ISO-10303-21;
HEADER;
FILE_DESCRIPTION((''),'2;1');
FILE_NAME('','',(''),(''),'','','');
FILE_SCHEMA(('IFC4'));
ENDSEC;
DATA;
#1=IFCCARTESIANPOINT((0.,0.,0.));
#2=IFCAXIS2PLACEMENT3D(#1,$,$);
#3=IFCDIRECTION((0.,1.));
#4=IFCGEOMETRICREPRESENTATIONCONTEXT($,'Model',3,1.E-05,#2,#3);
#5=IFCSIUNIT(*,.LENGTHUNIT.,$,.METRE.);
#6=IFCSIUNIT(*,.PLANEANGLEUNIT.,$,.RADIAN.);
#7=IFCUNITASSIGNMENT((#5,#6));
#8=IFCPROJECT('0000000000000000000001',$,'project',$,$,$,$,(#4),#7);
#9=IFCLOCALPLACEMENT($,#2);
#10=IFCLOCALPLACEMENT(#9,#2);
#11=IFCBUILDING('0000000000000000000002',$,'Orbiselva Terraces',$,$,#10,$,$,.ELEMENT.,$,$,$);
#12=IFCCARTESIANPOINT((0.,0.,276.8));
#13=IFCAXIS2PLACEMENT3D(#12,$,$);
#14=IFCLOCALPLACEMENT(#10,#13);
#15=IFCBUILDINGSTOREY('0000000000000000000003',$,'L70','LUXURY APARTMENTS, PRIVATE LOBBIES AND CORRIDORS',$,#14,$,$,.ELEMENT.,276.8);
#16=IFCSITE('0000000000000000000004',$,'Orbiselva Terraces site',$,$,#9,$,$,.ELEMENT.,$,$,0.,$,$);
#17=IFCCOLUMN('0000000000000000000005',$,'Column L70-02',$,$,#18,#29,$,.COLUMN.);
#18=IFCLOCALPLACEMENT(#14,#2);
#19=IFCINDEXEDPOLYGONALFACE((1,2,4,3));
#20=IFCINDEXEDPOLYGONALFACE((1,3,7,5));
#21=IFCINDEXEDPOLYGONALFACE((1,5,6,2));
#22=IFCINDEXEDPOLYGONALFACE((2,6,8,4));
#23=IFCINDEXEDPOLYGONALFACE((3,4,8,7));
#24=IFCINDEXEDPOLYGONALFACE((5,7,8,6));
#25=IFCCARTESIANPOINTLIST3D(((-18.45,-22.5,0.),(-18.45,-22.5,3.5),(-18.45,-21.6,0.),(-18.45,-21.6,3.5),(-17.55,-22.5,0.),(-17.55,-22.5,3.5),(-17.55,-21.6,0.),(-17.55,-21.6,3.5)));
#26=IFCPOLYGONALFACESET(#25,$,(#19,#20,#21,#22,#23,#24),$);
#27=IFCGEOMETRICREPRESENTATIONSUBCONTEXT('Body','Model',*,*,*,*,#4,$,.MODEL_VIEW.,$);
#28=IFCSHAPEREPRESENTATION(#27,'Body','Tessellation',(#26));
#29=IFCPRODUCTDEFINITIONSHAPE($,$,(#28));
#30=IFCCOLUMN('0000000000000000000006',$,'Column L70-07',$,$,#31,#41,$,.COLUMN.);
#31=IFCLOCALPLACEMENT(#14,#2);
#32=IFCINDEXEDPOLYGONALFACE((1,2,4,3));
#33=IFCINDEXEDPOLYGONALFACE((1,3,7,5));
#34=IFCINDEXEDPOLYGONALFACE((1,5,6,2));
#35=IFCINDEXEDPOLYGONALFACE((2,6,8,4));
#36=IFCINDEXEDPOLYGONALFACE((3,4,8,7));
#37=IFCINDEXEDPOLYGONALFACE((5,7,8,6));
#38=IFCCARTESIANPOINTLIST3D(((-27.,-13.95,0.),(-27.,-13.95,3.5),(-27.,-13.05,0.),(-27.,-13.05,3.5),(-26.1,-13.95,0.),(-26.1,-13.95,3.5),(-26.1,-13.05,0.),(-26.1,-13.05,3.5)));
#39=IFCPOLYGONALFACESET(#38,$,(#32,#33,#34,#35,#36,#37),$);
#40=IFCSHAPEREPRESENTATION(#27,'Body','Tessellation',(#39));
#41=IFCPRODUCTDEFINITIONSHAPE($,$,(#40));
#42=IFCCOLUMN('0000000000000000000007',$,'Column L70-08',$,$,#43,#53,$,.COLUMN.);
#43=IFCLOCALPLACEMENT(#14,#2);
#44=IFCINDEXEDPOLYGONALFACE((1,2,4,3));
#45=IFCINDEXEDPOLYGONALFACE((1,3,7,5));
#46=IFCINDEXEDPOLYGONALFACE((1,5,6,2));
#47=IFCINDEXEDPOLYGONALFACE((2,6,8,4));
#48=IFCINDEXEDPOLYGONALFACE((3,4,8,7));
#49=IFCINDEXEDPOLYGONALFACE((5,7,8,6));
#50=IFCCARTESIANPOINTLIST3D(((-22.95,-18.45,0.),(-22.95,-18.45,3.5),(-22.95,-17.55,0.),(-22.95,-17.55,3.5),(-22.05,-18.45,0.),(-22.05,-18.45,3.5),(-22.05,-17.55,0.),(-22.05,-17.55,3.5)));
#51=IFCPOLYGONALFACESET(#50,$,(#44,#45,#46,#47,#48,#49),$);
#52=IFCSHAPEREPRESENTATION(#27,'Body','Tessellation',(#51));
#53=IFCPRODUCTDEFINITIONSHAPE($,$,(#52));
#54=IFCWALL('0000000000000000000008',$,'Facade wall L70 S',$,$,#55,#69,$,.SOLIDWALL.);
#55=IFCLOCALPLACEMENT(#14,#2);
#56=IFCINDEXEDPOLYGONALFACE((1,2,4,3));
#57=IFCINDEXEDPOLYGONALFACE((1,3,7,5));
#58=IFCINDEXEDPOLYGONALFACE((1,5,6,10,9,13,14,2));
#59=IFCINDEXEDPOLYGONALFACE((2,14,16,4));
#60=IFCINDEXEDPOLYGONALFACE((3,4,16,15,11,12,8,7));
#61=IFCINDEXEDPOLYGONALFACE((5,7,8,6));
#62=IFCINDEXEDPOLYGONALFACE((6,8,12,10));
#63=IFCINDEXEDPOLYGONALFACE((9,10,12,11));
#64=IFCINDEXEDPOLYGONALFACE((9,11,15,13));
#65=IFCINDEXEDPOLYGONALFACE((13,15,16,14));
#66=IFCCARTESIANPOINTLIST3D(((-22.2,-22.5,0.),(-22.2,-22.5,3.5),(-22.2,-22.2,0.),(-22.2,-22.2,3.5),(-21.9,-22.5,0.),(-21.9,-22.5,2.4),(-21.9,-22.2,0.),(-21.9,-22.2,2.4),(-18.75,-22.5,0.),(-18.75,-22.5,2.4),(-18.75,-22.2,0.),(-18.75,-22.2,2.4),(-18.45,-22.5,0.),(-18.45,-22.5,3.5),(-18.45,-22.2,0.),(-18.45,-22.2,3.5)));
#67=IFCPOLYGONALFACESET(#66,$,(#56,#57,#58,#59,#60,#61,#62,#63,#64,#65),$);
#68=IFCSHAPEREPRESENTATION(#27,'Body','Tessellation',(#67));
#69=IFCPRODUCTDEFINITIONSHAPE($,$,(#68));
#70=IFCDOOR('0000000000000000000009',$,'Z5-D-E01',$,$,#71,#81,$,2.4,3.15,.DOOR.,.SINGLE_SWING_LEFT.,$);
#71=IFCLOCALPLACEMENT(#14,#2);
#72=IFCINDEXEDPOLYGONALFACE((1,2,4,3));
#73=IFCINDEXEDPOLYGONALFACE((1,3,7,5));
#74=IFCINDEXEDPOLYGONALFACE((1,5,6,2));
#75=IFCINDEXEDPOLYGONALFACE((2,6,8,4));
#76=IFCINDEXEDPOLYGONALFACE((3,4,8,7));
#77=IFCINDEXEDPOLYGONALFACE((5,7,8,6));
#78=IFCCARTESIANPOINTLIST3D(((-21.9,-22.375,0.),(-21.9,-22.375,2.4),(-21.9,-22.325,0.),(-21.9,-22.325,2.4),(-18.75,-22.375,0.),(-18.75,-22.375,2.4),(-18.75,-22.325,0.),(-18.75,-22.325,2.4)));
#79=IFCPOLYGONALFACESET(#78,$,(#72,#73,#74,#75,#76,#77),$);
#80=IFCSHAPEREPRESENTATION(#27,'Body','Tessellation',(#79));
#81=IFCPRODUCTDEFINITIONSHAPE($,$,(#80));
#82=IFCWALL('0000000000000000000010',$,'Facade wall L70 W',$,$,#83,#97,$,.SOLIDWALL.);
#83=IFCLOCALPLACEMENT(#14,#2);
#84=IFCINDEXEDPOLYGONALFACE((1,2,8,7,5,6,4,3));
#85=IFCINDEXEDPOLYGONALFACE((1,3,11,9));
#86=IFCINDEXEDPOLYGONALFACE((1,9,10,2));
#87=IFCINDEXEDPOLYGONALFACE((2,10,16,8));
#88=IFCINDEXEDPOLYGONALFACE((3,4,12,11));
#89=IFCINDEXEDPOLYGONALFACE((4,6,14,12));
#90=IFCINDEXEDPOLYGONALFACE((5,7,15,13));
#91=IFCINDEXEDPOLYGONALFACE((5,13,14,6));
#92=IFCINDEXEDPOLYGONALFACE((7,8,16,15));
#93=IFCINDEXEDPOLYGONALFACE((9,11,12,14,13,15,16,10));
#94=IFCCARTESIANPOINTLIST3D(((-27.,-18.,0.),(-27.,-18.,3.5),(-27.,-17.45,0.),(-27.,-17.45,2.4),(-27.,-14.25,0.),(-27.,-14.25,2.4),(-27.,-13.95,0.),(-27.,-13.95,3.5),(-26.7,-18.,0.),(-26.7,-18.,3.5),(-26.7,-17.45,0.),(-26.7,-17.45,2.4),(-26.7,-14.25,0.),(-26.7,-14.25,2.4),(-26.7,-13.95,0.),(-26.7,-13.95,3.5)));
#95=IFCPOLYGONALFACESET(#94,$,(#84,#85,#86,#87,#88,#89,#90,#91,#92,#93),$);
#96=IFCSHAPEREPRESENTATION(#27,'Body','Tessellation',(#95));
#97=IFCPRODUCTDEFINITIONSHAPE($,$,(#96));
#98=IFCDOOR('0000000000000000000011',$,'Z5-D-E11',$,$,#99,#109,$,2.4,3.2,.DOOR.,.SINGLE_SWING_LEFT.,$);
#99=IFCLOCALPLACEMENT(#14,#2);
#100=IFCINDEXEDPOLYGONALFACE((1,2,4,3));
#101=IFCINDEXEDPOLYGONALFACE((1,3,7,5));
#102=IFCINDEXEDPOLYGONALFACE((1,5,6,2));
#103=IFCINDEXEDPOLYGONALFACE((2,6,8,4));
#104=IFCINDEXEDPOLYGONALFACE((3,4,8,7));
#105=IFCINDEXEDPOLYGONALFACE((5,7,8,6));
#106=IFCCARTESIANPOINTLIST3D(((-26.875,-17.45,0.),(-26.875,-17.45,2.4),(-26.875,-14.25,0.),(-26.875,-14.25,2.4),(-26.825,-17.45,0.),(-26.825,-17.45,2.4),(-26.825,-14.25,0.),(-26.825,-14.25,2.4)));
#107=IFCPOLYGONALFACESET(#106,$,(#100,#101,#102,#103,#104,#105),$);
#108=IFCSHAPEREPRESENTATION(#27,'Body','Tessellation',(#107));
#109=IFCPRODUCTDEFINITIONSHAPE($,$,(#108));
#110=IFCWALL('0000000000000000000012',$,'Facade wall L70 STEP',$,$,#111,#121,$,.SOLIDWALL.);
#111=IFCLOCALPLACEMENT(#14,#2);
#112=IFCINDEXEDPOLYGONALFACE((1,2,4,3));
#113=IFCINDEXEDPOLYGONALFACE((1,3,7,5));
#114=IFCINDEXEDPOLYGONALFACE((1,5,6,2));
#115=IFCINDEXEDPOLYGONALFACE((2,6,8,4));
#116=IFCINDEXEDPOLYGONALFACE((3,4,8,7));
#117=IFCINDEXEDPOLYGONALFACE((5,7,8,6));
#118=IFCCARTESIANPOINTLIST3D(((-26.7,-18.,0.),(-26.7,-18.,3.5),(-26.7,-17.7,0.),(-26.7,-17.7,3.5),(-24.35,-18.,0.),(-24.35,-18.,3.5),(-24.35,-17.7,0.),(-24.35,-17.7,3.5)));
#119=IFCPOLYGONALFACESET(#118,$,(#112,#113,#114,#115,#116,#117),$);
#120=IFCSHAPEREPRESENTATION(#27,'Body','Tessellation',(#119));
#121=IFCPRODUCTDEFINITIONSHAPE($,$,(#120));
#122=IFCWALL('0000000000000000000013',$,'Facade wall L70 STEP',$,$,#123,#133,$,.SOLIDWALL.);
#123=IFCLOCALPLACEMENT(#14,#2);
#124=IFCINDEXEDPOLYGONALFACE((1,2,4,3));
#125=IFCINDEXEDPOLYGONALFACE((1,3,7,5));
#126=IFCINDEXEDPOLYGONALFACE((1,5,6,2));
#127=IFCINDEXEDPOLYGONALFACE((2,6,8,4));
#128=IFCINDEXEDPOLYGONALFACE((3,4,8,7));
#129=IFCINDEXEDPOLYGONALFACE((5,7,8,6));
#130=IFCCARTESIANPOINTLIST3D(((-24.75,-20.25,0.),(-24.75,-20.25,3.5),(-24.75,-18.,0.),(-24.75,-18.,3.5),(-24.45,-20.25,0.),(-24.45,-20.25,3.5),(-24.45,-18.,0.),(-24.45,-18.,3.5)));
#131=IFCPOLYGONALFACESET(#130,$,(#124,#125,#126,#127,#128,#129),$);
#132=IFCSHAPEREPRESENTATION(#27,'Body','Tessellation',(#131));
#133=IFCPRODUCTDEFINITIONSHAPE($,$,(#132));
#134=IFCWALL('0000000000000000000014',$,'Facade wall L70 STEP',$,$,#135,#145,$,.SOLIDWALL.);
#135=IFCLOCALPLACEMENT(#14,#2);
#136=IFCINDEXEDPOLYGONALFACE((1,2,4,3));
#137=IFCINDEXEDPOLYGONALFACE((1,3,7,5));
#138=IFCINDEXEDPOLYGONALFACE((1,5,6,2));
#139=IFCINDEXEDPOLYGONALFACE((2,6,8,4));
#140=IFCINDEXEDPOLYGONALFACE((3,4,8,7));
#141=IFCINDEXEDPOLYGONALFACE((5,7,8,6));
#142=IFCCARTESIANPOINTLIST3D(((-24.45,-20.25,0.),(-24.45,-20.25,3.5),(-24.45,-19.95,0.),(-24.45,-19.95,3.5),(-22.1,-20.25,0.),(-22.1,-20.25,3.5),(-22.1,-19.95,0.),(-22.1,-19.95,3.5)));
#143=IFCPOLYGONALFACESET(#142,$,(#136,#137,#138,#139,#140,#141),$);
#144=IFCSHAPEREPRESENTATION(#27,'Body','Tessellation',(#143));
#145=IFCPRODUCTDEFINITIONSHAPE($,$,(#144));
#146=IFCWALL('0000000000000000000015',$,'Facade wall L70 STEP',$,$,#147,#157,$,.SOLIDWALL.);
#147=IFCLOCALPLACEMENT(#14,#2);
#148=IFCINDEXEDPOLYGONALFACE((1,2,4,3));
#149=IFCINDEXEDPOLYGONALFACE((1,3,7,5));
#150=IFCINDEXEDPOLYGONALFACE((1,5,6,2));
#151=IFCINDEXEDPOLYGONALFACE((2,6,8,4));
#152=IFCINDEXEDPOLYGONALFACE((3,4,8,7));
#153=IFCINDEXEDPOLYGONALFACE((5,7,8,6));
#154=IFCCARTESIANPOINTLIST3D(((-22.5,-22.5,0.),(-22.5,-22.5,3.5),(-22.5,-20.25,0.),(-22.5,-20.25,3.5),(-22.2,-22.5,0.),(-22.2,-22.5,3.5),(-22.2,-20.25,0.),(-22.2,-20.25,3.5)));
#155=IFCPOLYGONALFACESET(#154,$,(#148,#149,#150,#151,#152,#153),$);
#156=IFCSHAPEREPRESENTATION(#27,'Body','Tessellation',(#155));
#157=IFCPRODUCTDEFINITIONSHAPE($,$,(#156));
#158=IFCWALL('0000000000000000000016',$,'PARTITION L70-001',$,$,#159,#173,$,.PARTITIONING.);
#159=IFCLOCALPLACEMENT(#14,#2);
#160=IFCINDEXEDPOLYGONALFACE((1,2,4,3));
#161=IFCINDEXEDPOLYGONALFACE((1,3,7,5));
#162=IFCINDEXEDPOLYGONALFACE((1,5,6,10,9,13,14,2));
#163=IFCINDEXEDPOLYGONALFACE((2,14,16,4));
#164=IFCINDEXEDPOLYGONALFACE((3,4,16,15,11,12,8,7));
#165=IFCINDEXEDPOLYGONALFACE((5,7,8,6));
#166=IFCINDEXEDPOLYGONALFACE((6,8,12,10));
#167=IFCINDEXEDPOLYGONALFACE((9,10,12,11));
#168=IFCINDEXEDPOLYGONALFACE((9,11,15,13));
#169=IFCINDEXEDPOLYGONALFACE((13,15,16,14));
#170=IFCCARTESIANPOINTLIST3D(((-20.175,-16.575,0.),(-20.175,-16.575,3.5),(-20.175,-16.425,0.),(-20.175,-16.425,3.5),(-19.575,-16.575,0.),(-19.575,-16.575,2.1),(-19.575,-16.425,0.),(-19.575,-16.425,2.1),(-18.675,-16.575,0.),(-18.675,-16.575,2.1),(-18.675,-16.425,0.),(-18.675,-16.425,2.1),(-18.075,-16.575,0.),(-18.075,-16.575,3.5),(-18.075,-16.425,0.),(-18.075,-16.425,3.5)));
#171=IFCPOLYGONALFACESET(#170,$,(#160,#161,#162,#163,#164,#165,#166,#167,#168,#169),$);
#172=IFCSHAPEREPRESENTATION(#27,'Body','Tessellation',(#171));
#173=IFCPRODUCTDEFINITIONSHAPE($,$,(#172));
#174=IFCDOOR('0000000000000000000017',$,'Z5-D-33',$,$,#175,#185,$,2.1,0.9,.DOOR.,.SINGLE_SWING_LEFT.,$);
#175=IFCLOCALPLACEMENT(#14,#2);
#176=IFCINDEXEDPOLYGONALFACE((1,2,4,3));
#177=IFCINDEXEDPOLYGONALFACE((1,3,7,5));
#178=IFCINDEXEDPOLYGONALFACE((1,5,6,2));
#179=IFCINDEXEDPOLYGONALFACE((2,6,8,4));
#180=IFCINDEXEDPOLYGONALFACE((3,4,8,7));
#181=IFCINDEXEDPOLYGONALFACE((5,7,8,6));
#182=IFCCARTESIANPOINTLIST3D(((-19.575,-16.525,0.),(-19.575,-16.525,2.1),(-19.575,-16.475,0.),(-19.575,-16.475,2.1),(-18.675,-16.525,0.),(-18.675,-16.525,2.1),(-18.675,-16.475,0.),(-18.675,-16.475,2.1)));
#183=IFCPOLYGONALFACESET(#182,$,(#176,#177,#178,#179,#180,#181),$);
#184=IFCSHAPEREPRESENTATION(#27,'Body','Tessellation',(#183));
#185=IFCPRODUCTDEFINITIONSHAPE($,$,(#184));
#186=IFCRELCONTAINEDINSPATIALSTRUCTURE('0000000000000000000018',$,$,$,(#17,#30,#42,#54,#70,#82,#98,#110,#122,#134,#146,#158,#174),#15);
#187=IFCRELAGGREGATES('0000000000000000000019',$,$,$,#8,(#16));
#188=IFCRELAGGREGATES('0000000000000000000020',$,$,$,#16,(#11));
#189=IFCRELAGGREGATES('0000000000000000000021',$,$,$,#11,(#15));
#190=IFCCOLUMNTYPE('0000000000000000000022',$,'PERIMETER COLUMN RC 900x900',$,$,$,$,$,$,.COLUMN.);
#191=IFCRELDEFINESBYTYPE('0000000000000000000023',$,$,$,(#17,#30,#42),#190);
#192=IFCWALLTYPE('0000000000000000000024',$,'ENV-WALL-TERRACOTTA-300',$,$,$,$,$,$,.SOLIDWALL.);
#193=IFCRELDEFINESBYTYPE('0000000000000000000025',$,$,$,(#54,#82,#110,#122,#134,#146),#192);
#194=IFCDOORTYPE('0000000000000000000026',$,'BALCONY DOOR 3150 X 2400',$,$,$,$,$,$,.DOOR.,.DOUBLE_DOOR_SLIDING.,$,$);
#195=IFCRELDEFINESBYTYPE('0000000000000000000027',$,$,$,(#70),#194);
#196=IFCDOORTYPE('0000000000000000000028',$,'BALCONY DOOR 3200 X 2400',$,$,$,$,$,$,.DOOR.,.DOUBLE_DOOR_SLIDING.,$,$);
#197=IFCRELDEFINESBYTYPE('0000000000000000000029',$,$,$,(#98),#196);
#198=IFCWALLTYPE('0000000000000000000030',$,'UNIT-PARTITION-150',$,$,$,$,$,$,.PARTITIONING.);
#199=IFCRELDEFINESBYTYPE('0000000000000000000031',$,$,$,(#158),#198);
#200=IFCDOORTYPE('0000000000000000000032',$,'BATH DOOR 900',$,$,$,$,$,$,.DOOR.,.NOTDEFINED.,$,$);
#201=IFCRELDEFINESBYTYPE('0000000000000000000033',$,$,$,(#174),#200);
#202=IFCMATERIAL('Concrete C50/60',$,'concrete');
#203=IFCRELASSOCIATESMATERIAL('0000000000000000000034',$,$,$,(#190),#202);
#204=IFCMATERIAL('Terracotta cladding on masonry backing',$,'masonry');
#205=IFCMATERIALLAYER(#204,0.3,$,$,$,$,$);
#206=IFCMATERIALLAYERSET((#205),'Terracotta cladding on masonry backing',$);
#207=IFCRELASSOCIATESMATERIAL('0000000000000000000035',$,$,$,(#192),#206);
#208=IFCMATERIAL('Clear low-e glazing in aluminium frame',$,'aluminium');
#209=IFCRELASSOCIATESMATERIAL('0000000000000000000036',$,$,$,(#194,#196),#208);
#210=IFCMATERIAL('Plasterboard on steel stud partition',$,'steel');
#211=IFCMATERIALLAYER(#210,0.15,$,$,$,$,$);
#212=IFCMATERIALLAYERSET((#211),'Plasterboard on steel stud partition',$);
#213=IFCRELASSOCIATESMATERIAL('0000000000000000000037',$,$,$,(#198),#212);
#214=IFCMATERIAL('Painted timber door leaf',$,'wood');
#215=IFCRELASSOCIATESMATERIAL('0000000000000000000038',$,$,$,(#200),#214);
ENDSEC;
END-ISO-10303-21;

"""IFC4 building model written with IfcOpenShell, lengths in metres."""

from ifc_helpers import new_model, si_unit, direction, frame, frame_2d, origin, origin_2d, place, context, subcontext, project, spatial, rectangle, extrude, material, layer, layer_set, material_profile, profile_set, type_object, element, fill, save


model = new_model("IFC4")

# Units and contexts
model_context = context("Model", 3, precision=1e-05, world=origin(), true_north=direction((0.0, 1.0)))
body_context = subcontext(model_context, "Body", "Model", "MODEL_VIEW")
ifc_project = project(units=[si_unit("LENGTHUNIT", "METRE"), si_unit("PLANEANGLEUNIT", "RADIAN")], contexts=[model_context])

# Site, building, storey
site_placement = place(None, origin())
site = spatial("IfcSite", under=ifc_project, at=site_placement, Name="Orbiselva Terraces site", CompositionType="ELEMENT", RefElevation=0.0)
building_placement = place(site_placement, origin())
building = spatial("IfcBuilding", under=site, at=building_placement, Name="Orbiselva Terraces", CompositionType="ELEMENT")
storey_placement = place(building_placement, frame((0.0, 0.0, 276.8)))
storey = spatial("IfcBuildingStorey", under=building, at=storey_placement, Name="L70", Description="LUXURY APARTMENTS, PRIVATE LOBBIES AND CORRIDORS", CompositionType="ELEMENT", Elevation=276.8)

# Columns
ifc_material_1 = material(Name="Concrete C50/60", Category="concrete")
ifc_material_profile = material_profile(ifc_material_1, rectangle(XDim=0.9, YDim=0.9, at=origin_2d()), Name="RC 900x900")
ifc_profile_set = profile_set([ifc_material_profile], Name="Concrete C50/60")
column_type = type_object("IfcColumnType", Name="PERIMETER COLUMN RC 900x900", PredefinedType="COLUMN", material=ifc_profile_set)
for number, where, z_axis, x_axis, name in (
    (1, (-18.0, -22.05, 0.0), (0.0, 0.0, 1.0), (1.0, 0.0, 0.0), "Column L70-02"),
    (2, (-26.55, -13.5, 0.0), (0.0, 0.0, 1.0), (1.0, 0.0, 0.0), "Column L70-07"),
    (3, (-22.5, -18.0, 0.0), (0.0, 0.0, 1.0), (1.0, 0.0, 0.0), "Column L70-08"),
):
    element("IfcColumn", number, at=place(storey_placement, frame(where, z_axis=z_axis, x_axis=x_axis)), inside=storey, type_object=column_type, Name=name, PredefinedType="COLUMN", context=body_context, shape_type="SweptSolid", body=[
        extrude(rectangle(XDim=0.9, YDim=0.9, at=origin_2d()), origin(), (0.0, 0.0, 1.0), 3.5),
    ])

# Walls, openings, doors
ifc_material_2 = material(Name="Terracotta cladding on masonry backing", Category="masonry")
ifc_layer_1 = layer(ifc_material_2, 0.3)
ifc_layer_set_1 = layer_set([ifc_layer_1], Name="Terracotta cladding on masonry backing")
wall_type_1 = type_object("IfcWallType", Name="ENV-WALL-TERRACOTTA-300", PredefinedType="SOLIDWALL", material=ifc_layer_set_1)
wall_1_placement = place(storey_placement, frame((-18.45, -22.35, 0.0), z_axis=(0.0, 0.0, 1.0), x_axis=(-1.0, 0.0, 0.0)))
wall_1 = element("IfcWall", 4, at=wall_1_placement, inside=storey, type_object=wall_type_1, Name="Facade wall L70 S", PredefinedType="SOLIDWALL", context=body_context, shape_type="SweptSolid", body=[
    extrude(rectangle(XDim=3.75, YDim=0.3, at=frame_2d((1.875, 0.0))), origin(), (0.0, 0.0, 1.0), 3.5),
])
opening_1_placement = place(wall_1_placement, frame((0.3, 0.0, 0.0)))
opening_1 = element("IfcOpeningElement", 5, at=opening_1_placement, cuts=wall_1, PredefinedType="OPENING", context=body_context, shape_type="SweptSolid", body=[
    extrude(rectangle(XDim=3.15, YDim=2.4, at=frame_2d((1.575, 1.2))), frame((0.0, 0.16, 0.0), z_axis=(0.0, -1.0, 0.0), x_axis=(1.0, 0.0, 0.0)), (0.0, 0.0, 1.0), 0.32),
])
ifc_material_3 = material(Name="Clear low-e glazing in aluminium frame", Category="aluminium")
door_type_1 = type_object("IfcDoorType", Name="BALCONY DOOR 3150 X 2400", OperationType="DOUBLE_DOOR_SLIDING", PredefinedType="DOOR", material=ifc_material_3)
door_1_placement = place(opening_1_placement, origin())
door_1 = element("IfcDoor", 6, at=door_1_placement, inside=storey, type_object=door_type_1, Name="Z5-D-E01", OperationType="SINGLE_SWING_LEFT", OverallHeight=2.4, OverallWidth=3.15, PredefinedType="DOOR", context=body_context, shape_type="SweptSolid", body=[
    extrude(rectangle(XDim=3.15, YDim=2.4, at=frame_2d((1.575, 1.2))), frame((0.0, 0.025, 0.0), z_axis=(0.0, -1.0, 0.0), x_axis=(1.0, 0.0, 0.0)), (0.0, 0.0, 1.0), 0.05),
])
fill(opening_1, door_1)
wall_2_placement = place(storey_placement, frame((-26.85, -18.0, 0.0), z_axis=(0.0, 0.0, 1.0), x_axis=(0.0, 1.0, 0.0)))
wall_2 = element("IfcWall", 7, at=wall_2_placement, inside=storey, type_object=wall_type_1, Name="Facade wall L70 W", PredefinedType="SOLIDWALL", context=body_context, shape_type="SweptSolid", body=[
    extrude(rectangle(XDim=4.05, YDim=0.3, at=frame_2d((2.025, 0.0))), origin(), (0.0, 0.0, 1.0), 3.5),
])
opening_2_placement = place(wall_2_placement, frame((0.55, 0.0, 0.0)))
opening_2 = element("IfcOpeningElement", 8, at=opening_2_placement, cuts=wall_2, PredefinedType="OPENING", context=body_context, shape_type="SweptSolid", body=[
    extrude(rectangle(XDim=3.2, YDim=2.4, at=frame_2d((1.6, 1.2))), frame((0.0, 0.16, 0.0), z_axis=(0.0, -1.0, 0.0), x_axis=(1.0, 0.0, 0.0)), (0.0, 0.0, 1.0), 0.32),
])
door_type_2 = type_object("IfcDoorType", Name="BALCONY DOOR 3200 X 2400", OperationType="DOUBLE_DOOR_SLIDING", PredefinedType="DOOR", material=ifc_material_3)
door_2_placement = place(opening_2_placement, origin())
door_2 = element("IfcDoor", 9, at=door_2_placement, inside=storey, type_object=door_type_2, Name="Z5-D-E11", OperationType="SINGLE_SWING_LEFT", OverallHeight=2.4, OverallWidth=3.2, PredefinedType="DOOR", context=body_context, shape_type="SweptSolid", body=[
    extrude(rectangle(XDim=3.2, YDim=2.4, at=frame_2d((1.6, 1.2))), frame((0.0, 0.025, 0.0), z_axis=(0.0, -1.0, 0.0), x_axis=(1.0, 0.0, 0.0)), (0.0, 0.0, 1.0), 0.05),
])
fill(opening_2, door_2)

# Walls
wall_3_placement = place(storey_placement, frame((-24.35, -17.85, 0.0), z_axis=(0.0, 0.0, 1.0), x_axis=(-1.0, 0.0, 0.0)))
element("IfcWall", 10, at=wall_3_placement, inside=storey, type_object=wall_type_1, Name="Facade wall L70 STEP", PredefinedType="SOLIDWALL", context=body_context, shape_type="SweptSolid", body=[
    extrude(rectangle(XDim=2.35, YDim=0.3, at=frame_2d((1.175, 0.0))), origin(), (0.0, 0.0, 1.0), 3.5),
])
wall_4_placement = place(storey_placement, frame((-24.6, -20.25, 0.0), z_axis=(0.0, 0.0, 1.0), x_axis=(0.0, 1.0, 0.0)))
element("IfcWall", 11, at=wall_4_placement, inside=storey, type_object=wall_type_1, Name="Facade wall L70 STEP", PredefinedType="SOLIDWALL", context=body_context, shape_type="SweptSolid", body=[
    extrude(rectangle(XDim=2.25, YDim=0.3, at=frame_2d((1.125, 0.0))), origin(), (0.0, 0.0, 1.0), 3.5),
])
wall_5_placement = place(storey_placement, frame((-22.1, -20.1, 0.0), z_axis=(0.0, 0.0, 1.0), x_axis=(-1.0, 0.0, 0.0)))
element("IfcWall", 12, at=wall_5_placement, inside=storey, type_object=wall_type_1, Name="Facade wall L70 STEP", PredefinedType="SOLIDWALL", context=body_context, shape_type="SweptSolid", body=[
    extrude(rectangle(XDim=2.35, YDim=0.3, at=frame_2d((1.175, 0.0))), origin(), (0.0, 0.0, 1.0), 3.5),
])
wall_6_placement = place(storey_placement, frame((-22.35, -22.5, 0.0), z_axis=(0.0, 0.0, 1.0), x_axis=(0.0, 1.0, 0.0)))
element("IfcWall", 13, at=wall_6_placement, inside=storey, type_object=wall_type_1, Name="Facade wall L70 STEP", PredefinedType="SOLIDWALL", context=body_context, shape_type="SweptSolid", body=[
    extrude(rectangle(XDim=2.25, YDim=0.3, at=frame_2d((1.125, 0.0))), origin(), (0.0, 0.0, 1.0), 3.5),
])

# Wall, opening, door
ifc_material_4 = material(Name="Plasterboard on steel stud partition", Category="steel")
ifc_layer_2 = layer(ifc_material_4, 0.15)
ifc_layer_set_2 = layer_set([ifc_layer_2], Name="Plasterboard on steel stud partition")
wall_type_2 = type_object("IfcWallType", Name="UNIT-PARTITION-150", PredefinedType="PARTITIONING", material=ifc_layer_set_2)
wall_7_placement = place(storey_placement, frame((-20.175, -16.5, 0.0), z_axis=(0.0, 0.0, 1.0), x_axis=(1.0, 0.0, 0.0)))
wall_7 = element("IfcWall", 14, at=wall_7_placement, inside=storey, type_object=wall_type_2, Name="PARTITION L70-001", PredefinedType="PARTITIONING", context=body_context, shape_type="SweptSolid", body=[
    extrude(rectangle(XDim=2.1, YDim=0.15, at=frame_2d((1.05, 0.0))), origin(), (0.0, 0.0, 1.0), 3.5),
])
opening_3_placement = place(wall_7_placement, frame((0.6, 0.0, 0.0)))
opening_3 = element("IfcOpeningElement", 15, at=opening_3_placement, cuts=wall_7, PredefinedType="OPENING", context=body_context, shape_type="SweptSolid", body=[
    extrude(rectangle(XDim=0.9, YDim=2.1, at=frame_2d((0.45, 1.05))), frame((0.0, 0.085, 0.0), z_axis=(0.0, -1.0, 0.0), x_axis=(1.0, 0.0, 0.0)), (0.0, 0.0, 1.0), 0.17),
])
ifc_material_5 = material(Name="Painted timber door leaf", Category="wood")
door_type_3 = type_object("IfcDoorType", Name="BATH DOOR 900", OperationType="NOTDEFINED", PredefinedType="DOOR", material=ifc_material_5)
door_3_placement = place(opening_3_placement, origin())
door_3 = element("IfcDoor", 16, at=door_3_placement, inside=storey, type_object=door_type_3, Name="Z5-D-33", OperationType="SINGLE_SWING_LEFT", OverallHeight=2.1, OverallWidth=0.9, PredefinedType="DOOR", context=body_context, shape_type="SweptSolid", body=[
    extrude(rectangle(XDim=0.9, YDim=2.1, at=frame_2d((0.45, 1.05))), frame((0.0, 0.025, 0.0), z_axis=(0.0, -1.0, 0.0), x_axis=(1.0, 0.0, 0.0)), (0.0, 0.0, 1.0), 0.05),
])
fill(opening_3, door_3)

save(model, "model.ifc")
